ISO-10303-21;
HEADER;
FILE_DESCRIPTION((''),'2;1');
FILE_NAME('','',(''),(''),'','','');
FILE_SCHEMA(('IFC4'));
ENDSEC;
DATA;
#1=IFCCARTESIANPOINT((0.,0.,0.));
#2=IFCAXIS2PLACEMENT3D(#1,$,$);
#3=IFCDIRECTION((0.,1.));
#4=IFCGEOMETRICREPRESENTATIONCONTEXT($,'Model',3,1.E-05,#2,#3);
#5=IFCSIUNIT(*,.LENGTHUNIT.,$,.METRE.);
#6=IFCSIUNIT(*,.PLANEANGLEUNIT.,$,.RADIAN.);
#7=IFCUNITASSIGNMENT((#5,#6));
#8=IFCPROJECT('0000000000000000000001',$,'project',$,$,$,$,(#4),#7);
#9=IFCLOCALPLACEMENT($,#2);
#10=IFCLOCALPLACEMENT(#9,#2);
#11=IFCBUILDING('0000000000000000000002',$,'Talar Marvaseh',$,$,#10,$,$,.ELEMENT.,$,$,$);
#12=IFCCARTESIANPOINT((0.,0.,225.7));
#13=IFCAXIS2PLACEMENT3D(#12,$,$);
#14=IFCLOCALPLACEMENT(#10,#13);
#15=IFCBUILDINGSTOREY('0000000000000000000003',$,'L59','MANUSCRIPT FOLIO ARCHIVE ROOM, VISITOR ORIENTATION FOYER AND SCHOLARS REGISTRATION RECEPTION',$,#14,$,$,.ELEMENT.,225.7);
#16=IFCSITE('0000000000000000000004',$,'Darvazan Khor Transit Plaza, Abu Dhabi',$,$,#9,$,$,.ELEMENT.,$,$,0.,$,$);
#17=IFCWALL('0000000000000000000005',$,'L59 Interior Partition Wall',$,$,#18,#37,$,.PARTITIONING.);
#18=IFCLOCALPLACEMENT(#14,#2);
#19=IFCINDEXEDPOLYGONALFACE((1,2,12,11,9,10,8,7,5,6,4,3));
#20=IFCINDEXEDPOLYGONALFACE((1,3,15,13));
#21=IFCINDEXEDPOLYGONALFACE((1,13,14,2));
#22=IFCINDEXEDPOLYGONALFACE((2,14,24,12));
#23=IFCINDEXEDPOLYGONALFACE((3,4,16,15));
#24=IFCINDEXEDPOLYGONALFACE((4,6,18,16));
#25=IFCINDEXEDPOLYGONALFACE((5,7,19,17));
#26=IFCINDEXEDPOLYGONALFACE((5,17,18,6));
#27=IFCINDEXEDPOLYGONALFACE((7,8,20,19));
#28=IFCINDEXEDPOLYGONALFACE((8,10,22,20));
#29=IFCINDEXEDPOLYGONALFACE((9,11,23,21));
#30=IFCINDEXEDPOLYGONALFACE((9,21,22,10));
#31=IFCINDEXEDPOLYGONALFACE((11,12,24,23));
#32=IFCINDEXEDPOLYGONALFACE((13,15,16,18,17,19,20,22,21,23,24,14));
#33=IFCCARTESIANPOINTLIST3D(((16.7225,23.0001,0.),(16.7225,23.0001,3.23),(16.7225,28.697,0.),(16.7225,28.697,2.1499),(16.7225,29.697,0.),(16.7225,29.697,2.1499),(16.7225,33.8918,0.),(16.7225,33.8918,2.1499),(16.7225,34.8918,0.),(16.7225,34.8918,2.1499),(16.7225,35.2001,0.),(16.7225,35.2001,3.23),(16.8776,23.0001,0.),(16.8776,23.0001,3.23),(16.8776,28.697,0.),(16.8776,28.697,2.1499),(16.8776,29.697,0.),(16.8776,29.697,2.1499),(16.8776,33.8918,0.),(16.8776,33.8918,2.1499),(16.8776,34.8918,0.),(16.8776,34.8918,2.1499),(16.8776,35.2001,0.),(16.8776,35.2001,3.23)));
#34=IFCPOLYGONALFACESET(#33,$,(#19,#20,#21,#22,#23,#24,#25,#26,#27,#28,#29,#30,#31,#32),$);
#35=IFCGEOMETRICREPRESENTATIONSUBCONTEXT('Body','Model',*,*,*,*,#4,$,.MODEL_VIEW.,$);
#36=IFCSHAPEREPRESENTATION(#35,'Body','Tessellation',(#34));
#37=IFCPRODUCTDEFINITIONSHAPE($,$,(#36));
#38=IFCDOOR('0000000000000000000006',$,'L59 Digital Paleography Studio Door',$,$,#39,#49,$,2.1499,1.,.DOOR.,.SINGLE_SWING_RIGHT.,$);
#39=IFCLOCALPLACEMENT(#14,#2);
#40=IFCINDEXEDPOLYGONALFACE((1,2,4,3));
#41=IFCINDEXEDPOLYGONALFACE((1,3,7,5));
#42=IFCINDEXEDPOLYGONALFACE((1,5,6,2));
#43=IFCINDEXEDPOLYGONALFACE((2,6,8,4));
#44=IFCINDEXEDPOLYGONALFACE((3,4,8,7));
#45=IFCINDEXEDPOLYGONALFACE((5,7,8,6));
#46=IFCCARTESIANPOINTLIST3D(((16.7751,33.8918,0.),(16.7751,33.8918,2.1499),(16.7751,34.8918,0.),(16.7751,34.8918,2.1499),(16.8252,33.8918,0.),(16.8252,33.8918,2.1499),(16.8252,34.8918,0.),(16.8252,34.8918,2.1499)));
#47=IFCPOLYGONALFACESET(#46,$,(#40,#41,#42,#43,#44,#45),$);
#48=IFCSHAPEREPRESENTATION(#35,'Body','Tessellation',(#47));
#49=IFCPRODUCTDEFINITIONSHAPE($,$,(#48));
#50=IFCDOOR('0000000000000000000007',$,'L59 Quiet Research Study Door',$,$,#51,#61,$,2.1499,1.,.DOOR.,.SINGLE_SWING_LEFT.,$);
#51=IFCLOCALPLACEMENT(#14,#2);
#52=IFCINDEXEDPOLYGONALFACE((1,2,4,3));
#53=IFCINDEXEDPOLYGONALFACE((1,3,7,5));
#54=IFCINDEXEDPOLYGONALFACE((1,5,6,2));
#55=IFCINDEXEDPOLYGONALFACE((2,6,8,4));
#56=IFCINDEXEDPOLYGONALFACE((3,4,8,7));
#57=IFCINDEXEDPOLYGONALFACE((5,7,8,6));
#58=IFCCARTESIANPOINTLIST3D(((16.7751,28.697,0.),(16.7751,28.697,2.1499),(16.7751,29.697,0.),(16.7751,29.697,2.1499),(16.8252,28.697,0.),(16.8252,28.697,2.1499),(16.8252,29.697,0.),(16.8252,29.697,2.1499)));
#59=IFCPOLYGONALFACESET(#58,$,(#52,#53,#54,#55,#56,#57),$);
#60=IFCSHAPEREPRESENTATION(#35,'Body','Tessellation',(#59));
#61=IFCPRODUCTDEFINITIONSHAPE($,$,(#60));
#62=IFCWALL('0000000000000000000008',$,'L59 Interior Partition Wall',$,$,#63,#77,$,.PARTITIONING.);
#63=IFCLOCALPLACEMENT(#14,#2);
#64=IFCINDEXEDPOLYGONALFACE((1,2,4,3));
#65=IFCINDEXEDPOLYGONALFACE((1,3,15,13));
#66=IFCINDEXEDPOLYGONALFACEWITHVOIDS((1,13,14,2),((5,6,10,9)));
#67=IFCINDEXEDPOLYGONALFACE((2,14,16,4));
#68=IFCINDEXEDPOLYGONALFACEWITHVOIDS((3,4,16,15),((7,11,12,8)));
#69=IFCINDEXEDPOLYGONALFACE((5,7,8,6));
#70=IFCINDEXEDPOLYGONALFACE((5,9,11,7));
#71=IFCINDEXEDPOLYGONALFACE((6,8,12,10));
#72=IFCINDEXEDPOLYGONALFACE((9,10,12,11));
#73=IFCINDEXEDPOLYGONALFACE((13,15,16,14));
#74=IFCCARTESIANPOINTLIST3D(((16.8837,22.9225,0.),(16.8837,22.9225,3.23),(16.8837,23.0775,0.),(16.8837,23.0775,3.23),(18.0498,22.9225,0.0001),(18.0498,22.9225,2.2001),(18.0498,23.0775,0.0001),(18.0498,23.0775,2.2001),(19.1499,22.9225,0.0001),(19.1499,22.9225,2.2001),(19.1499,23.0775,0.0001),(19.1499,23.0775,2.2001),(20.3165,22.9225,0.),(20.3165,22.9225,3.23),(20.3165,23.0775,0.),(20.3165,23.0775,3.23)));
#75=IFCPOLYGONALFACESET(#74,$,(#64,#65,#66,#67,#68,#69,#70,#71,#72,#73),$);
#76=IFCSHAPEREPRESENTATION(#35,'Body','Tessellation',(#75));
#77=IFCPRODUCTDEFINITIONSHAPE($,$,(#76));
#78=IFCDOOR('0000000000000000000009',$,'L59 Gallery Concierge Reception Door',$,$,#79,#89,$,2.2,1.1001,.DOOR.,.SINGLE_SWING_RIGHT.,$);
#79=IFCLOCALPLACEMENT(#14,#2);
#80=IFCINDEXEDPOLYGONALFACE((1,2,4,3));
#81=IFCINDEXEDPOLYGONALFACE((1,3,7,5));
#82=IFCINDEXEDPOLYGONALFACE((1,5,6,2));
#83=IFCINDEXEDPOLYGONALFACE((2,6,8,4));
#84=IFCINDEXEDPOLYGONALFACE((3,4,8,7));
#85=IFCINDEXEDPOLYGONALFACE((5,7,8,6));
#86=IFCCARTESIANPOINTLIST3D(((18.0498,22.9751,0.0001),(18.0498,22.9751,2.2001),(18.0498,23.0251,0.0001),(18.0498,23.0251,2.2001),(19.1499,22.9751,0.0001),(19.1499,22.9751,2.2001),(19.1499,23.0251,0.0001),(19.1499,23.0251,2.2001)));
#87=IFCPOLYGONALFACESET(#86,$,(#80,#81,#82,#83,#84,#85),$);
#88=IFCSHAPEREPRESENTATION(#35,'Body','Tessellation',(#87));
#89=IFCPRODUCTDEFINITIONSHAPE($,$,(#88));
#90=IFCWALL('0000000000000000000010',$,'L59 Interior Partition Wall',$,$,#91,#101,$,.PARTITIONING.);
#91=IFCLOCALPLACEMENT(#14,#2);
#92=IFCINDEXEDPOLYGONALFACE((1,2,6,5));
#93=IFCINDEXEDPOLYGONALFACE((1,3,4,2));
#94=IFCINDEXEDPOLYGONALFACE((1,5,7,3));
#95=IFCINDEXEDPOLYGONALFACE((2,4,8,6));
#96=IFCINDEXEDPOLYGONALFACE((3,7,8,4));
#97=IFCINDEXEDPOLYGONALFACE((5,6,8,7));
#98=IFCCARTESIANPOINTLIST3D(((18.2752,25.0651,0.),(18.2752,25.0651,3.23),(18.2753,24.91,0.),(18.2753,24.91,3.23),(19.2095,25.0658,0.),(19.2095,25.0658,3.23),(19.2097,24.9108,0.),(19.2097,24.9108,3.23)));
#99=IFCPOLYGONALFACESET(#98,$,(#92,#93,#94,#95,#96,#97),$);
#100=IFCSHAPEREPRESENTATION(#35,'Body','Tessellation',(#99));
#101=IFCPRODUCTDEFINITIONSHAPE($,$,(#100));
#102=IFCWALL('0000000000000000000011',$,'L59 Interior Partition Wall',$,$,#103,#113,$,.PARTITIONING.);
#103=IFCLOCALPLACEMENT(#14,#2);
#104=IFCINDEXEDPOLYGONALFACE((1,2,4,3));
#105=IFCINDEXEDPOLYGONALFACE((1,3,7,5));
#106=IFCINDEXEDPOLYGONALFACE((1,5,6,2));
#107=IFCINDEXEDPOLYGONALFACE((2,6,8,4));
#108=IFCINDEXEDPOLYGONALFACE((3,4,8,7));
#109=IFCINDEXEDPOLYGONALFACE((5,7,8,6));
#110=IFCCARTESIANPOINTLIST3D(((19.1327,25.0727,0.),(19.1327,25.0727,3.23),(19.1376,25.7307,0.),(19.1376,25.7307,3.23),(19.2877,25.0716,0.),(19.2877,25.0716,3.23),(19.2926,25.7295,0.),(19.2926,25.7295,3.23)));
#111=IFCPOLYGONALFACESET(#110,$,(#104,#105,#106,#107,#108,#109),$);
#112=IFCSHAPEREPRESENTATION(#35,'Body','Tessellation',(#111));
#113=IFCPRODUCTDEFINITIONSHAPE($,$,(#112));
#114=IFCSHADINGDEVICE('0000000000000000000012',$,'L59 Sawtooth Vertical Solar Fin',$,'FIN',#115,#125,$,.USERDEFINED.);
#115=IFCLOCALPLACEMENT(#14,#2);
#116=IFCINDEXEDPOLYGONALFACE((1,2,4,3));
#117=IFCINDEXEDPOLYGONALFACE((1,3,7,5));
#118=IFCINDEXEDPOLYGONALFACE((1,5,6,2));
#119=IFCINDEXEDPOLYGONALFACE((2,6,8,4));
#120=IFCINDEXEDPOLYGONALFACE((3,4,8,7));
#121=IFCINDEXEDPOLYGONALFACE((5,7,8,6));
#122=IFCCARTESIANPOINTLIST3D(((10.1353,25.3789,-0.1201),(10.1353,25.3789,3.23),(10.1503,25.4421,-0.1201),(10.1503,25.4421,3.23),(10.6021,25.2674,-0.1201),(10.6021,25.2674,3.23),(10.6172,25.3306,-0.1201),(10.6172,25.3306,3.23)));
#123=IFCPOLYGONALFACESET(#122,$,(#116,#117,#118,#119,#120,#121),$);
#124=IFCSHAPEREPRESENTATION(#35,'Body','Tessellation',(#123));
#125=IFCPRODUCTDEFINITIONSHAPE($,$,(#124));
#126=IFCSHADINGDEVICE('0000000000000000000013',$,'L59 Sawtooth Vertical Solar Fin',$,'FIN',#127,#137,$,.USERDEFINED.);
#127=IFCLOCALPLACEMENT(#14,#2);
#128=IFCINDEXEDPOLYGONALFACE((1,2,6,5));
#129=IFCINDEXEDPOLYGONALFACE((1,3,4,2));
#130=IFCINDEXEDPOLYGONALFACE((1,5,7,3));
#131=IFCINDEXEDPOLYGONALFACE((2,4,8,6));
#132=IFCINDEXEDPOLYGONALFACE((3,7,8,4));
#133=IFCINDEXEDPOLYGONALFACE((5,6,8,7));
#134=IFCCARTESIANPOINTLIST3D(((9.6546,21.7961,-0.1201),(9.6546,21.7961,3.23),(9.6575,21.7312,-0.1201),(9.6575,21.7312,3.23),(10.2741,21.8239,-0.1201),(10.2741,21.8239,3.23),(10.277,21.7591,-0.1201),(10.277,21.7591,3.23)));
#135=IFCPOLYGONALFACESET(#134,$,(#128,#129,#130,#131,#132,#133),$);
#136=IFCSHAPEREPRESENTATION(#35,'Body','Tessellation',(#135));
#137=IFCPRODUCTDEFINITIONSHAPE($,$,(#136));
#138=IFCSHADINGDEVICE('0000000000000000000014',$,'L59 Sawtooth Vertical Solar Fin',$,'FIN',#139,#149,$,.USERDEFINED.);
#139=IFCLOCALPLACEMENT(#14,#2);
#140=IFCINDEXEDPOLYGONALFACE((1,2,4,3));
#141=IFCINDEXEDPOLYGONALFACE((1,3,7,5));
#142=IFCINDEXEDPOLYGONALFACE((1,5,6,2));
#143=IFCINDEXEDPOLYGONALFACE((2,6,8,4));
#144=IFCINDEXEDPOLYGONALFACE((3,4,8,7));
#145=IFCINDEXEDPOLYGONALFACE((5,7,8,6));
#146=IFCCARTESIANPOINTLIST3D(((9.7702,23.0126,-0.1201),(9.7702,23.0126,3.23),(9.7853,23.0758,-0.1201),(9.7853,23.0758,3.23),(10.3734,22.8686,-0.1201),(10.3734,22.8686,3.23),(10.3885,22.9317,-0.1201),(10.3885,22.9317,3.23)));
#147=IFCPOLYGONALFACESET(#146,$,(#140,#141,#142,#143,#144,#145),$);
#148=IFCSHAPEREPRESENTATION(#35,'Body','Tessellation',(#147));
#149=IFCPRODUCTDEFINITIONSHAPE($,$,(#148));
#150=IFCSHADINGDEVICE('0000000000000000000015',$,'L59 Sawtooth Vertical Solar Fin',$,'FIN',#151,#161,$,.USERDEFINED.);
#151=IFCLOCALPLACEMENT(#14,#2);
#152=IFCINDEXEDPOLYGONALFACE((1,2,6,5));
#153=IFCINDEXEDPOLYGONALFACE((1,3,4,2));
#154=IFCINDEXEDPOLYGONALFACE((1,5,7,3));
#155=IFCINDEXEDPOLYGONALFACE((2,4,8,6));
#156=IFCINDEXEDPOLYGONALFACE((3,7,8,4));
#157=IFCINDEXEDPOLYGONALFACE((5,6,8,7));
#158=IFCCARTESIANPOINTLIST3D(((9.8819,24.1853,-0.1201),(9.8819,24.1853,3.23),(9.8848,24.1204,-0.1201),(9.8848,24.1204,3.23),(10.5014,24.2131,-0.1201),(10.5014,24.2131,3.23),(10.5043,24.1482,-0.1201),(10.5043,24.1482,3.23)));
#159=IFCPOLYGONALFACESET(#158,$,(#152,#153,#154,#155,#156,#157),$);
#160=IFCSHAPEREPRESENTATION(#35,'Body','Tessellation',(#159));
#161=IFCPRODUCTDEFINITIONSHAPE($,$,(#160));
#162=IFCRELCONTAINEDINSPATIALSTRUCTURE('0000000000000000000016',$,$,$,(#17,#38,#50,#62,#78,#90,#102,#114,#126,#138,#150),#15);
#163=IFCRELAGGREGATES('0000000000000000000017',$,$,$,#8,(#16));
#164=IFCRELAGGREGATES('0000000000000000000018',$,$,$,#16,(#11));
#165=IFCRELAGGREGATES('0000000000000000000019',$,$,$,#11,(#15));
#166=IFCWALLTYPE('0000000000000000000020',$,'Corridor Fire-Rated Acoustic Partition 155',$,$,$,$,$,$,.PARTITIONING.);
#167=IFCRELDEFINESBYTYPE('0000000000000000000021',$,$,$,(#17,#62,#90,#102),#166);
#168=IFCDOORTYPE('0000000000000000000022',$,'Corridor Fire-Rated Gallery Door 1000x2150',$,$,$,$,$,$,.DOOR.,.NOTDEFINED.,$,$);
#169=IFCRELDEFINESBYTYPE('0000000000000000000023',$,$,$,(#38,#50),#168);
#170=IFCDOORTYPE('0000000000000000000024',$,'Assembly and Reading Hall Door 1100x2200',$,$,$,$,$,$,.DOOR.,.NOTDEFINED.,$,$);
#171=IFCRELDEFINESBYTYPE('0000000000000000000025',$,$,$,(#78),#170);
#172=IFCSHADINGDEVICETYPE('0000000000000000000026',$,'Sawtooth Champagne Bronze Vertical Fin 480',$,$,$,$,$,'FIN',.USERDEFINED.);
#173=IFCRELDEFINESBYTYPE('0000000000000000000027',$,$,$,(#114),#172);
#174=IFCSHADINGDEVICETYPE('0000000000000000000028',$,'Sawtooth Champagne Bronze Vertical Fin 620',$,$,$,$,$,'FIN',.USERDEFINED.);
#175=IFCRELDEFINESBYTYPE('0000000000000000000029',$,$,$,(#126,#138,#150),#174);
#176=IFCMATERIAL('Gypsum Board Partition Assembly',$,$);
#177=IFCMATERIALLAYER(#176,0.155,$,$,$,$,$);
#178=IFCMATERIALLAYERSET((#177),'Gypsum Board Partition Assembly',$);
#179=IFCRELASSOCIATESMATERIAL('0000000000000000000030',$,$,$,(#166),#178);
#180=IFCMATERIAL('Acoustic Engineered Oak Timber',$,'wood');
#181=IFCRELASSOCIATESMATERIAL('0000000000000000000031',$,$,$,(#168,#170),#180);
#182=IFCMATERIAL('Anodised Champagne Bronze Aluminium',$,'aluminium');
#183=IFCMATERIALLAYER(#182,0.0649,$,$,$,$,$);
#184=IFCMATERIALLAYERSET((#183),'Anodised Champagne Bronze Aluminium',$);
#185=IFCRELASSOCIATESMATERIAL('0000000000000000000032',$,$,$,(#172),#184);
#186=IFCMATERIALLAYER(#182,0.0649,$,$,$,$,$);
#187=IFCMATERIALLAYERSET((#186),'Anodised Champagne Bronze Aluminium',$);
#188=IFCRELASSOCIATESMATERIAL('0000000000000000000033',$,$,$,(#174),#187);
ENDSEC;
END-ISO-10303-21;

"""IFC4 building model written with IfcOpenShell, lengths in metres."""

from ifc_helpers import new_model, si_unit, direction, frame, frame_2d, origin, origin_2d, place, context, subcontext, project, spatial, rectangle, extrude, source, transform, mapped, material, layer, layer_set, type_object, type_shapes, element, fill, save


model = new_model("IFC4")

# Units and contexts
model_context = context("Model", 3, precision=1e-05, world=origin(), true_north=direction((0.0, 1.0)))
body_context = subcontext(model_context, "Body", "Model", "MODEL_VIEW")
ifc_project = project(units=[si_unit("LENGTHUNIT", "METRE"), si_unit("PLANEANGLEUNIT", "RADIAN")], contexts=[model_context])

# Site, building, storey
site_placement = place(None, origin())
site = spatial("IfcSite", under=ifc_project, at=site_placement, Name="Darvazan Khor Transit Plaza, Abu Dhabi", CompositionType="ELEMENT", RefElevation=0.0)
building_placement = place(site_placement, origin())
building = spatial("IfcBuilding", under=site, at=building_placement, Name="Talar Marvaseh", CompositionType="ELEMENT")
storey_placement = place(building_placement, frame((0.0, 0.0, 225.7)))
storey = spatial("IfcBuildingStorey", under=building, at=storey_placement, Name="L59", Description="MANUSCRIPT FOLIO ARCHIVE ROOM, VISITOR ORIENTATION FOYER AND SCHOLARS REGISTRATION RECEPTION", CompositionType="ELEMENT", Elevation=225.7)

# Wall, openings, doors
ifc_material_1 = material(Name="Gypsum Board Partition Assembly")
ifc_layer_1 = layer(ifc_material_1, 0.155)
ifc_layer_set_1 = layer_set([ifc_layer_1], Name="Gypsum Board Partition Assembly")
wall_type = type_object("IfcWallType", Name="Corridor Fire-Rated Acoustic Partition 155", PredefinedType="PARTITIONING", material=ifc_layer_set_1)
wall_1_placement = place(storey_placement, frame((16.8, 23.0, 0.0), z_axis=(0.0, 0.0, 1.0), x_axis=(0.0, 1.0, 0.0)))
wall_1 = element("IfcWall", 1, at=wall_1_placement, inside=storey, type_object=wall_type, Name="L59 Interior Partition Wall", PredefinedType="PARTITIONING", context=body_context, shape_type="SweptSolid", body=[
    extrude(rectangle(XDim=12.2, YDim=0.155, at=frame_2d((6.1001, 0.0))), origin(), (0.0, 0.0, 1.0), 3.23),
])
opening_1_placement = place(wall_1_placement, frame((10.8918, 0.0, 0.0)))
opening_1 = element("IfcOpeningElement", 2, at=opening_1_placement, cuts=wall_1, PredefinedType="OPENING", context=body_context, shape_type="SweptSolid", body=[
    extrude(rectangle(XDim=1.0, YDim=2.1499, at=frame_2d((0.5, 1.075))), frame((0.0, 0.0874, 0.0), z_axis=(0.0, -1.0, 0.0), x_axis=(1.0, 0.0, 0.0)), (0.0, 0.0, 1.0), 0.175),
])
opening_2_placement = place(wall_1_placement, frame((5.697, 0.0, 0.0)))
opening_2 = element("IfcOpeningElement", 3, at=opening_2_placement, cuts=wall_1, PredefinedType="OPENING", context=body_context, shape_type="SweptSolid", body=[
    extrude(rectangle(XDim=1.0, YDim=2.1499, at=frame_2d((0.5, 1.075))), frame((0.0, 0.0874, 0.0), z_axis=(0.0, -1.0, 0.0), x_axis=(1.0, 0.0, 0.0)), (0.0, 0.0, 1.0), 0.175),
])
ifc_material_2 = material(Name="Acoustic Engineered Oak Timber", Category="wood")
door_type_1 = type_object("IfcDoorType", Name="Corridor Fire-Rated Gallery Door 1000x2150", OperationType="NOTDEFINED", PredefinedType="DOOR", material=ifc_material_2)
shared_shape_1 = source(origin(), body_context, "Body", "SweptSolid", [
    extrude(rectangle(XDim=1.0, YDim=2.1499, at=frame_2d((0.5, 1.075))), frame((0.0, 0.0249, 0.0), z_axis=(0.0, -1.0, 0.0), x_axis=(1.0, 0.0, 0.0)), (0.0, 0.0, 1.0), 0.05),
])
type_shapes(door_type_1, [shared_shape_1])
door_1_placement = place(opening_1_placement, origin())
door_1 = element("IfcDoor", 4, at=door_1_placement, inside=storey, type_object=door_type_1, Name="L59 Digital Paleography Studio Door", OperationType="SINGLE_SWING_RIGHT", OverallHeight=2.1499, OverallWidth=1.0, PredefinedType="DOOR", context=body_context, shape_type="MappedRepresentation", body=[
    mapped(shared_shape_1, transform((0.0, 0.0, 0.0), x_axis=(1.0, 0.0, 0.0), y_axis=(0.0, 1.0, 0.0), z_axis=(0.0, 0.0, 1.0), scale=1.0)),
])
fill(opening_1, door_1)
door_2_placement = place(opening_2_placement, origin())
door_2 = element("IfcDoor", 5, at=door_2_placement, inside=storey, type_object=door_type_1, Name="L59 Quiet Research Study Door", OperationType="SINGLE_SWING_LEFT", OverallHeight=2.1499, OverallWidth=1.0, PredefinedType="DOOR", context=body_context, shape_type="MappedRepresentation", body=[
    mapped(shared_shape_1, transform((0.0, 0.0, 0.0), x_axis=(1.0, 0.0, 0.0), y_axis=(0.0, 1.0, 0.0), z_axis=(0.0, 0.0, 1.0), scale=1.0)),
])
fill(opening_2, door_2)

# Wall, opening, door
wall_2_placement = place(storey_placement, frame((20.3164, 23.0, 0.0), z_axis=(0.0, 0.0, 1.0), x_axis=(-1.0, 0.0, 0.0)))
wall_2 = element("IfcWall", 6, at=wall_2_placement, inside=storey, type_object=wall_type, Name="L59 Interior Partition Wall", PredefinedType="PARTITIONING", context=body_context, shape_type="SweptSolid", body=[
    extrude(rectangle(XDim=3.4329, YDim=0.155, at=frame_2d((1.7163, 0.0))), origin(), (0.0, 0.0, 1.0), 3.23),
])
opening_3_placement = place(wall_2_placement, frame((1.1665, 0.0, 0.0)))
opening_3 = element("IfcOpeningElement", 7, at=opening_3_placement, cuts=wall_2, PredefinedType="OPENING", context=body_context, shape_type="SweptSolid", body=[
    extrude(rectangle(XDim=1.1001, YDim=2.2, at=frame_2d((0.55, 1.1001))), frame((0.0, 0.0874, 0.0), z_axis=(0.0, -1.0, 0.0), x_axis=(1.0, 0.0, 0.0)), (0.0, 0.0, 1.0), 0.175),
])
door_type_2 = type_object("IfcDoorType", Name="Assembly and Reading Hall Door 1100x2200", OperationType="NOTDEFINED", PredefinedType="DOOR", material=ifc_material_2)
shared_shape_2 = source(origin(), body_context, "Body", "SweptSolid", [
    extrude(rectangle(XDim=1.1001, YDim=2.2, at=frame_2d((0.55, 1.1001))), frame((0.0, 0.0249, 0.0), z_axis=(0.0, -1.0, 0.0), x_axis=(1.0, 0.0, 0.0)), (0.0, 0.0, 1.0), 0.05),
])
type_shapes(door_type_2, [shared_shape_2])
door_3_placement = place(opening_3_placement, origin())
door_3 = element("IfcDoor", 8, at=door_3_placement, inside=storey, type_object=door_type_2, Name="L59 Gallery Concierge Reception Door", OperationType="SINGLE_SWING_RIGHT", OverallHeight=2.2, OverallWidth=1.1001, PredefinedType="DOOR", context=body_context, shape_type="MappedRepresentation", body=[
    mapped(shared_shape_2, transform((0.0, 0.0, 0.0), x_axis=(1.0, 0.0, 0.0), y_axis=(0.0, 1.0, 0.0), z_axis=(0.0, 0.0, 1.0), scale=1.0)),
])
fill(opening_3, door_3)

# Walls
wall_3_placement = place(storey_placement, frame((18.2751, 24.9875, 0.0), z_axis=(0.0, 0.0, 1.0), x_axis=(1.0, 0.000784, 0.0)))
element("IfcWall", 9, at=wall_3_placement, inside=storey, type_object=wall_type, Name="L59 Interior Partition Wall", PredefinedType="PARTITIONING", context=body_context, shape_type="SweptSolid", body=[
    extrude(rectangle(XDim=0.9343, YDim=0.155, at=frame_2d((0.4673, 0.0))), origin(), (0.0, 0.0, 1.0), 3.23),
])
wall_4_placement = place(storey_placement, frame((19.2102, 25.072, 0.0), z_axis=(0.0, 0.0, 1.0), x_axis=(0.007421, 0.999972, 0.0)))
element("IfcWall", 10, at=wall_4_placement, inside=storey, type_object=wall_type, Name="L59 Interior Partition Wall", PredefinedType="PARTITIONING", context=body_context, shape_type="SweptSolid", body=[
    extrude(rectangle(XDim=0.658, YDim=0.155, at=frame_2d((0.3291, 0.0))), origin(), (0.0, 0.0, 1.0), 3.23),
])

# Shading devices
ifc_material_3 = material(Name="Anodised Champagne Bronze Aluminium", Category="aluminium")
ifc_layer_2 = layer(ifc_material_3, 0.0649)
ifc_layer_set_2 = layer_set([ifc_layer_2], Name="Anodised Champagne Bronze Aluminium")
shading_device_type_1 = type_object("IfcShadingDeviceType", Name="Sawtooth Champagne Bronze Vertical Fin 480", ElementType="FIN", PredefinedType="USERDEFINED", material=ifc_layer_set_2)
shared_shape_3 = source(origin(), body_context, "Body", "SweptSolid", [
    extrude(rectangle(XDim=0.48, YDim=0.0649, at=origin_2d()), origin(), (0.0, 0.0, 1.0), 3.3501),
])
type_shapes(shading_device_type_1, [shared_shape_3])
shading_device_placement = place(storey_placement, frame((10.3762, 25.3547, -0.1201), z_axis=(0.0, 0.0, 1.0), x_axis=(-0.972654, 0.232257, 0.0)))
element("IfcShadingDevice", 11, at=shading_device_placement, inside=storey, type_object=shading_device_type_1, Name="L59 Sawtooth Vertical Solar Fin", ObjectType="FIN", PredefinedType="USERDEFINED", context=body_context, shape_type="MappedRepresentation", body=[
    mapped(shared_shape_3, transform((0.0, 0.0, 0.0), x_axis=(1.0, 0.0, 0.0), y_axis=(0.0, 1.0, 0.0), z_axis=(0.0, 0.0, 1.0), scale=1.0)),
])
ifc_layer_3 = layer(ifc_material_3, 0.0649)
ifc_layer_set_3 = layer_set([ifc_layer_3], Name="Anodised Champagne Bronze Aluminium")
shading_device_type_2 = type_object("IfcShadingDeviceType", Name="Sawtooth Champagne Bronze Vertical Fin 620", ElementType="FIN", PredefinedType="USERDEFINED", material=ifc_layer_set_3)
shared_shape_4 = source(origin(), body_context, "Body", "SweptSolid", [
    extrude(rectangle(XDim=0.6201, YDim=0.0649, at=origin_2d()), origin(), (0.0, 0.0, 1.0), 3.3501),
])
type_shapes(shading_device_type_2, [shared_shape_4])
for number, where, z_axis, x_axis, name in (
    (12, (9.9658, 21.7776, -0.1201), (0.0, 0.0, 1.0), (-0.998994, -0.04484, 0.0), "L59 Sawtooth Vertical Solar Fin"),
    (13, (10.0793, 22.9722, -0.1201), (0.0, 0.0, 1.0), (-0.972654, 0.232257, 0.0), "L59 Sawtooth Vertical Solar Fin"),
    (14, (10.1931, 24.1667, -0.1201), (0.0, 0.0, 1.0), (-0.998994, -0.04484, 0.0), "L59 Sawtooth Vertical Solar Fin"),
):
    element("IfcShadingDevice", number, at=place(storey_placement, frame(where, z_axis=z_axis, x_axis=x_axis)), inside=storey, type_object=shading_device_type_2, Name=name, ObjectType="FIN", PredefinedType="USERDEFINED", context=body_context, shape_type="MappedRepresentation", body=[
        mapped(shared_shape_4, transform((0.0, 0.0, 0.0), x_axis=(1.0, 0.0, 0.0), y_axis=(0.0, 1.0, 0.0), z_axis=(0.0, 0.0, 1.0), scale=1.0)),
    ])

save(model, "model.ifc")
